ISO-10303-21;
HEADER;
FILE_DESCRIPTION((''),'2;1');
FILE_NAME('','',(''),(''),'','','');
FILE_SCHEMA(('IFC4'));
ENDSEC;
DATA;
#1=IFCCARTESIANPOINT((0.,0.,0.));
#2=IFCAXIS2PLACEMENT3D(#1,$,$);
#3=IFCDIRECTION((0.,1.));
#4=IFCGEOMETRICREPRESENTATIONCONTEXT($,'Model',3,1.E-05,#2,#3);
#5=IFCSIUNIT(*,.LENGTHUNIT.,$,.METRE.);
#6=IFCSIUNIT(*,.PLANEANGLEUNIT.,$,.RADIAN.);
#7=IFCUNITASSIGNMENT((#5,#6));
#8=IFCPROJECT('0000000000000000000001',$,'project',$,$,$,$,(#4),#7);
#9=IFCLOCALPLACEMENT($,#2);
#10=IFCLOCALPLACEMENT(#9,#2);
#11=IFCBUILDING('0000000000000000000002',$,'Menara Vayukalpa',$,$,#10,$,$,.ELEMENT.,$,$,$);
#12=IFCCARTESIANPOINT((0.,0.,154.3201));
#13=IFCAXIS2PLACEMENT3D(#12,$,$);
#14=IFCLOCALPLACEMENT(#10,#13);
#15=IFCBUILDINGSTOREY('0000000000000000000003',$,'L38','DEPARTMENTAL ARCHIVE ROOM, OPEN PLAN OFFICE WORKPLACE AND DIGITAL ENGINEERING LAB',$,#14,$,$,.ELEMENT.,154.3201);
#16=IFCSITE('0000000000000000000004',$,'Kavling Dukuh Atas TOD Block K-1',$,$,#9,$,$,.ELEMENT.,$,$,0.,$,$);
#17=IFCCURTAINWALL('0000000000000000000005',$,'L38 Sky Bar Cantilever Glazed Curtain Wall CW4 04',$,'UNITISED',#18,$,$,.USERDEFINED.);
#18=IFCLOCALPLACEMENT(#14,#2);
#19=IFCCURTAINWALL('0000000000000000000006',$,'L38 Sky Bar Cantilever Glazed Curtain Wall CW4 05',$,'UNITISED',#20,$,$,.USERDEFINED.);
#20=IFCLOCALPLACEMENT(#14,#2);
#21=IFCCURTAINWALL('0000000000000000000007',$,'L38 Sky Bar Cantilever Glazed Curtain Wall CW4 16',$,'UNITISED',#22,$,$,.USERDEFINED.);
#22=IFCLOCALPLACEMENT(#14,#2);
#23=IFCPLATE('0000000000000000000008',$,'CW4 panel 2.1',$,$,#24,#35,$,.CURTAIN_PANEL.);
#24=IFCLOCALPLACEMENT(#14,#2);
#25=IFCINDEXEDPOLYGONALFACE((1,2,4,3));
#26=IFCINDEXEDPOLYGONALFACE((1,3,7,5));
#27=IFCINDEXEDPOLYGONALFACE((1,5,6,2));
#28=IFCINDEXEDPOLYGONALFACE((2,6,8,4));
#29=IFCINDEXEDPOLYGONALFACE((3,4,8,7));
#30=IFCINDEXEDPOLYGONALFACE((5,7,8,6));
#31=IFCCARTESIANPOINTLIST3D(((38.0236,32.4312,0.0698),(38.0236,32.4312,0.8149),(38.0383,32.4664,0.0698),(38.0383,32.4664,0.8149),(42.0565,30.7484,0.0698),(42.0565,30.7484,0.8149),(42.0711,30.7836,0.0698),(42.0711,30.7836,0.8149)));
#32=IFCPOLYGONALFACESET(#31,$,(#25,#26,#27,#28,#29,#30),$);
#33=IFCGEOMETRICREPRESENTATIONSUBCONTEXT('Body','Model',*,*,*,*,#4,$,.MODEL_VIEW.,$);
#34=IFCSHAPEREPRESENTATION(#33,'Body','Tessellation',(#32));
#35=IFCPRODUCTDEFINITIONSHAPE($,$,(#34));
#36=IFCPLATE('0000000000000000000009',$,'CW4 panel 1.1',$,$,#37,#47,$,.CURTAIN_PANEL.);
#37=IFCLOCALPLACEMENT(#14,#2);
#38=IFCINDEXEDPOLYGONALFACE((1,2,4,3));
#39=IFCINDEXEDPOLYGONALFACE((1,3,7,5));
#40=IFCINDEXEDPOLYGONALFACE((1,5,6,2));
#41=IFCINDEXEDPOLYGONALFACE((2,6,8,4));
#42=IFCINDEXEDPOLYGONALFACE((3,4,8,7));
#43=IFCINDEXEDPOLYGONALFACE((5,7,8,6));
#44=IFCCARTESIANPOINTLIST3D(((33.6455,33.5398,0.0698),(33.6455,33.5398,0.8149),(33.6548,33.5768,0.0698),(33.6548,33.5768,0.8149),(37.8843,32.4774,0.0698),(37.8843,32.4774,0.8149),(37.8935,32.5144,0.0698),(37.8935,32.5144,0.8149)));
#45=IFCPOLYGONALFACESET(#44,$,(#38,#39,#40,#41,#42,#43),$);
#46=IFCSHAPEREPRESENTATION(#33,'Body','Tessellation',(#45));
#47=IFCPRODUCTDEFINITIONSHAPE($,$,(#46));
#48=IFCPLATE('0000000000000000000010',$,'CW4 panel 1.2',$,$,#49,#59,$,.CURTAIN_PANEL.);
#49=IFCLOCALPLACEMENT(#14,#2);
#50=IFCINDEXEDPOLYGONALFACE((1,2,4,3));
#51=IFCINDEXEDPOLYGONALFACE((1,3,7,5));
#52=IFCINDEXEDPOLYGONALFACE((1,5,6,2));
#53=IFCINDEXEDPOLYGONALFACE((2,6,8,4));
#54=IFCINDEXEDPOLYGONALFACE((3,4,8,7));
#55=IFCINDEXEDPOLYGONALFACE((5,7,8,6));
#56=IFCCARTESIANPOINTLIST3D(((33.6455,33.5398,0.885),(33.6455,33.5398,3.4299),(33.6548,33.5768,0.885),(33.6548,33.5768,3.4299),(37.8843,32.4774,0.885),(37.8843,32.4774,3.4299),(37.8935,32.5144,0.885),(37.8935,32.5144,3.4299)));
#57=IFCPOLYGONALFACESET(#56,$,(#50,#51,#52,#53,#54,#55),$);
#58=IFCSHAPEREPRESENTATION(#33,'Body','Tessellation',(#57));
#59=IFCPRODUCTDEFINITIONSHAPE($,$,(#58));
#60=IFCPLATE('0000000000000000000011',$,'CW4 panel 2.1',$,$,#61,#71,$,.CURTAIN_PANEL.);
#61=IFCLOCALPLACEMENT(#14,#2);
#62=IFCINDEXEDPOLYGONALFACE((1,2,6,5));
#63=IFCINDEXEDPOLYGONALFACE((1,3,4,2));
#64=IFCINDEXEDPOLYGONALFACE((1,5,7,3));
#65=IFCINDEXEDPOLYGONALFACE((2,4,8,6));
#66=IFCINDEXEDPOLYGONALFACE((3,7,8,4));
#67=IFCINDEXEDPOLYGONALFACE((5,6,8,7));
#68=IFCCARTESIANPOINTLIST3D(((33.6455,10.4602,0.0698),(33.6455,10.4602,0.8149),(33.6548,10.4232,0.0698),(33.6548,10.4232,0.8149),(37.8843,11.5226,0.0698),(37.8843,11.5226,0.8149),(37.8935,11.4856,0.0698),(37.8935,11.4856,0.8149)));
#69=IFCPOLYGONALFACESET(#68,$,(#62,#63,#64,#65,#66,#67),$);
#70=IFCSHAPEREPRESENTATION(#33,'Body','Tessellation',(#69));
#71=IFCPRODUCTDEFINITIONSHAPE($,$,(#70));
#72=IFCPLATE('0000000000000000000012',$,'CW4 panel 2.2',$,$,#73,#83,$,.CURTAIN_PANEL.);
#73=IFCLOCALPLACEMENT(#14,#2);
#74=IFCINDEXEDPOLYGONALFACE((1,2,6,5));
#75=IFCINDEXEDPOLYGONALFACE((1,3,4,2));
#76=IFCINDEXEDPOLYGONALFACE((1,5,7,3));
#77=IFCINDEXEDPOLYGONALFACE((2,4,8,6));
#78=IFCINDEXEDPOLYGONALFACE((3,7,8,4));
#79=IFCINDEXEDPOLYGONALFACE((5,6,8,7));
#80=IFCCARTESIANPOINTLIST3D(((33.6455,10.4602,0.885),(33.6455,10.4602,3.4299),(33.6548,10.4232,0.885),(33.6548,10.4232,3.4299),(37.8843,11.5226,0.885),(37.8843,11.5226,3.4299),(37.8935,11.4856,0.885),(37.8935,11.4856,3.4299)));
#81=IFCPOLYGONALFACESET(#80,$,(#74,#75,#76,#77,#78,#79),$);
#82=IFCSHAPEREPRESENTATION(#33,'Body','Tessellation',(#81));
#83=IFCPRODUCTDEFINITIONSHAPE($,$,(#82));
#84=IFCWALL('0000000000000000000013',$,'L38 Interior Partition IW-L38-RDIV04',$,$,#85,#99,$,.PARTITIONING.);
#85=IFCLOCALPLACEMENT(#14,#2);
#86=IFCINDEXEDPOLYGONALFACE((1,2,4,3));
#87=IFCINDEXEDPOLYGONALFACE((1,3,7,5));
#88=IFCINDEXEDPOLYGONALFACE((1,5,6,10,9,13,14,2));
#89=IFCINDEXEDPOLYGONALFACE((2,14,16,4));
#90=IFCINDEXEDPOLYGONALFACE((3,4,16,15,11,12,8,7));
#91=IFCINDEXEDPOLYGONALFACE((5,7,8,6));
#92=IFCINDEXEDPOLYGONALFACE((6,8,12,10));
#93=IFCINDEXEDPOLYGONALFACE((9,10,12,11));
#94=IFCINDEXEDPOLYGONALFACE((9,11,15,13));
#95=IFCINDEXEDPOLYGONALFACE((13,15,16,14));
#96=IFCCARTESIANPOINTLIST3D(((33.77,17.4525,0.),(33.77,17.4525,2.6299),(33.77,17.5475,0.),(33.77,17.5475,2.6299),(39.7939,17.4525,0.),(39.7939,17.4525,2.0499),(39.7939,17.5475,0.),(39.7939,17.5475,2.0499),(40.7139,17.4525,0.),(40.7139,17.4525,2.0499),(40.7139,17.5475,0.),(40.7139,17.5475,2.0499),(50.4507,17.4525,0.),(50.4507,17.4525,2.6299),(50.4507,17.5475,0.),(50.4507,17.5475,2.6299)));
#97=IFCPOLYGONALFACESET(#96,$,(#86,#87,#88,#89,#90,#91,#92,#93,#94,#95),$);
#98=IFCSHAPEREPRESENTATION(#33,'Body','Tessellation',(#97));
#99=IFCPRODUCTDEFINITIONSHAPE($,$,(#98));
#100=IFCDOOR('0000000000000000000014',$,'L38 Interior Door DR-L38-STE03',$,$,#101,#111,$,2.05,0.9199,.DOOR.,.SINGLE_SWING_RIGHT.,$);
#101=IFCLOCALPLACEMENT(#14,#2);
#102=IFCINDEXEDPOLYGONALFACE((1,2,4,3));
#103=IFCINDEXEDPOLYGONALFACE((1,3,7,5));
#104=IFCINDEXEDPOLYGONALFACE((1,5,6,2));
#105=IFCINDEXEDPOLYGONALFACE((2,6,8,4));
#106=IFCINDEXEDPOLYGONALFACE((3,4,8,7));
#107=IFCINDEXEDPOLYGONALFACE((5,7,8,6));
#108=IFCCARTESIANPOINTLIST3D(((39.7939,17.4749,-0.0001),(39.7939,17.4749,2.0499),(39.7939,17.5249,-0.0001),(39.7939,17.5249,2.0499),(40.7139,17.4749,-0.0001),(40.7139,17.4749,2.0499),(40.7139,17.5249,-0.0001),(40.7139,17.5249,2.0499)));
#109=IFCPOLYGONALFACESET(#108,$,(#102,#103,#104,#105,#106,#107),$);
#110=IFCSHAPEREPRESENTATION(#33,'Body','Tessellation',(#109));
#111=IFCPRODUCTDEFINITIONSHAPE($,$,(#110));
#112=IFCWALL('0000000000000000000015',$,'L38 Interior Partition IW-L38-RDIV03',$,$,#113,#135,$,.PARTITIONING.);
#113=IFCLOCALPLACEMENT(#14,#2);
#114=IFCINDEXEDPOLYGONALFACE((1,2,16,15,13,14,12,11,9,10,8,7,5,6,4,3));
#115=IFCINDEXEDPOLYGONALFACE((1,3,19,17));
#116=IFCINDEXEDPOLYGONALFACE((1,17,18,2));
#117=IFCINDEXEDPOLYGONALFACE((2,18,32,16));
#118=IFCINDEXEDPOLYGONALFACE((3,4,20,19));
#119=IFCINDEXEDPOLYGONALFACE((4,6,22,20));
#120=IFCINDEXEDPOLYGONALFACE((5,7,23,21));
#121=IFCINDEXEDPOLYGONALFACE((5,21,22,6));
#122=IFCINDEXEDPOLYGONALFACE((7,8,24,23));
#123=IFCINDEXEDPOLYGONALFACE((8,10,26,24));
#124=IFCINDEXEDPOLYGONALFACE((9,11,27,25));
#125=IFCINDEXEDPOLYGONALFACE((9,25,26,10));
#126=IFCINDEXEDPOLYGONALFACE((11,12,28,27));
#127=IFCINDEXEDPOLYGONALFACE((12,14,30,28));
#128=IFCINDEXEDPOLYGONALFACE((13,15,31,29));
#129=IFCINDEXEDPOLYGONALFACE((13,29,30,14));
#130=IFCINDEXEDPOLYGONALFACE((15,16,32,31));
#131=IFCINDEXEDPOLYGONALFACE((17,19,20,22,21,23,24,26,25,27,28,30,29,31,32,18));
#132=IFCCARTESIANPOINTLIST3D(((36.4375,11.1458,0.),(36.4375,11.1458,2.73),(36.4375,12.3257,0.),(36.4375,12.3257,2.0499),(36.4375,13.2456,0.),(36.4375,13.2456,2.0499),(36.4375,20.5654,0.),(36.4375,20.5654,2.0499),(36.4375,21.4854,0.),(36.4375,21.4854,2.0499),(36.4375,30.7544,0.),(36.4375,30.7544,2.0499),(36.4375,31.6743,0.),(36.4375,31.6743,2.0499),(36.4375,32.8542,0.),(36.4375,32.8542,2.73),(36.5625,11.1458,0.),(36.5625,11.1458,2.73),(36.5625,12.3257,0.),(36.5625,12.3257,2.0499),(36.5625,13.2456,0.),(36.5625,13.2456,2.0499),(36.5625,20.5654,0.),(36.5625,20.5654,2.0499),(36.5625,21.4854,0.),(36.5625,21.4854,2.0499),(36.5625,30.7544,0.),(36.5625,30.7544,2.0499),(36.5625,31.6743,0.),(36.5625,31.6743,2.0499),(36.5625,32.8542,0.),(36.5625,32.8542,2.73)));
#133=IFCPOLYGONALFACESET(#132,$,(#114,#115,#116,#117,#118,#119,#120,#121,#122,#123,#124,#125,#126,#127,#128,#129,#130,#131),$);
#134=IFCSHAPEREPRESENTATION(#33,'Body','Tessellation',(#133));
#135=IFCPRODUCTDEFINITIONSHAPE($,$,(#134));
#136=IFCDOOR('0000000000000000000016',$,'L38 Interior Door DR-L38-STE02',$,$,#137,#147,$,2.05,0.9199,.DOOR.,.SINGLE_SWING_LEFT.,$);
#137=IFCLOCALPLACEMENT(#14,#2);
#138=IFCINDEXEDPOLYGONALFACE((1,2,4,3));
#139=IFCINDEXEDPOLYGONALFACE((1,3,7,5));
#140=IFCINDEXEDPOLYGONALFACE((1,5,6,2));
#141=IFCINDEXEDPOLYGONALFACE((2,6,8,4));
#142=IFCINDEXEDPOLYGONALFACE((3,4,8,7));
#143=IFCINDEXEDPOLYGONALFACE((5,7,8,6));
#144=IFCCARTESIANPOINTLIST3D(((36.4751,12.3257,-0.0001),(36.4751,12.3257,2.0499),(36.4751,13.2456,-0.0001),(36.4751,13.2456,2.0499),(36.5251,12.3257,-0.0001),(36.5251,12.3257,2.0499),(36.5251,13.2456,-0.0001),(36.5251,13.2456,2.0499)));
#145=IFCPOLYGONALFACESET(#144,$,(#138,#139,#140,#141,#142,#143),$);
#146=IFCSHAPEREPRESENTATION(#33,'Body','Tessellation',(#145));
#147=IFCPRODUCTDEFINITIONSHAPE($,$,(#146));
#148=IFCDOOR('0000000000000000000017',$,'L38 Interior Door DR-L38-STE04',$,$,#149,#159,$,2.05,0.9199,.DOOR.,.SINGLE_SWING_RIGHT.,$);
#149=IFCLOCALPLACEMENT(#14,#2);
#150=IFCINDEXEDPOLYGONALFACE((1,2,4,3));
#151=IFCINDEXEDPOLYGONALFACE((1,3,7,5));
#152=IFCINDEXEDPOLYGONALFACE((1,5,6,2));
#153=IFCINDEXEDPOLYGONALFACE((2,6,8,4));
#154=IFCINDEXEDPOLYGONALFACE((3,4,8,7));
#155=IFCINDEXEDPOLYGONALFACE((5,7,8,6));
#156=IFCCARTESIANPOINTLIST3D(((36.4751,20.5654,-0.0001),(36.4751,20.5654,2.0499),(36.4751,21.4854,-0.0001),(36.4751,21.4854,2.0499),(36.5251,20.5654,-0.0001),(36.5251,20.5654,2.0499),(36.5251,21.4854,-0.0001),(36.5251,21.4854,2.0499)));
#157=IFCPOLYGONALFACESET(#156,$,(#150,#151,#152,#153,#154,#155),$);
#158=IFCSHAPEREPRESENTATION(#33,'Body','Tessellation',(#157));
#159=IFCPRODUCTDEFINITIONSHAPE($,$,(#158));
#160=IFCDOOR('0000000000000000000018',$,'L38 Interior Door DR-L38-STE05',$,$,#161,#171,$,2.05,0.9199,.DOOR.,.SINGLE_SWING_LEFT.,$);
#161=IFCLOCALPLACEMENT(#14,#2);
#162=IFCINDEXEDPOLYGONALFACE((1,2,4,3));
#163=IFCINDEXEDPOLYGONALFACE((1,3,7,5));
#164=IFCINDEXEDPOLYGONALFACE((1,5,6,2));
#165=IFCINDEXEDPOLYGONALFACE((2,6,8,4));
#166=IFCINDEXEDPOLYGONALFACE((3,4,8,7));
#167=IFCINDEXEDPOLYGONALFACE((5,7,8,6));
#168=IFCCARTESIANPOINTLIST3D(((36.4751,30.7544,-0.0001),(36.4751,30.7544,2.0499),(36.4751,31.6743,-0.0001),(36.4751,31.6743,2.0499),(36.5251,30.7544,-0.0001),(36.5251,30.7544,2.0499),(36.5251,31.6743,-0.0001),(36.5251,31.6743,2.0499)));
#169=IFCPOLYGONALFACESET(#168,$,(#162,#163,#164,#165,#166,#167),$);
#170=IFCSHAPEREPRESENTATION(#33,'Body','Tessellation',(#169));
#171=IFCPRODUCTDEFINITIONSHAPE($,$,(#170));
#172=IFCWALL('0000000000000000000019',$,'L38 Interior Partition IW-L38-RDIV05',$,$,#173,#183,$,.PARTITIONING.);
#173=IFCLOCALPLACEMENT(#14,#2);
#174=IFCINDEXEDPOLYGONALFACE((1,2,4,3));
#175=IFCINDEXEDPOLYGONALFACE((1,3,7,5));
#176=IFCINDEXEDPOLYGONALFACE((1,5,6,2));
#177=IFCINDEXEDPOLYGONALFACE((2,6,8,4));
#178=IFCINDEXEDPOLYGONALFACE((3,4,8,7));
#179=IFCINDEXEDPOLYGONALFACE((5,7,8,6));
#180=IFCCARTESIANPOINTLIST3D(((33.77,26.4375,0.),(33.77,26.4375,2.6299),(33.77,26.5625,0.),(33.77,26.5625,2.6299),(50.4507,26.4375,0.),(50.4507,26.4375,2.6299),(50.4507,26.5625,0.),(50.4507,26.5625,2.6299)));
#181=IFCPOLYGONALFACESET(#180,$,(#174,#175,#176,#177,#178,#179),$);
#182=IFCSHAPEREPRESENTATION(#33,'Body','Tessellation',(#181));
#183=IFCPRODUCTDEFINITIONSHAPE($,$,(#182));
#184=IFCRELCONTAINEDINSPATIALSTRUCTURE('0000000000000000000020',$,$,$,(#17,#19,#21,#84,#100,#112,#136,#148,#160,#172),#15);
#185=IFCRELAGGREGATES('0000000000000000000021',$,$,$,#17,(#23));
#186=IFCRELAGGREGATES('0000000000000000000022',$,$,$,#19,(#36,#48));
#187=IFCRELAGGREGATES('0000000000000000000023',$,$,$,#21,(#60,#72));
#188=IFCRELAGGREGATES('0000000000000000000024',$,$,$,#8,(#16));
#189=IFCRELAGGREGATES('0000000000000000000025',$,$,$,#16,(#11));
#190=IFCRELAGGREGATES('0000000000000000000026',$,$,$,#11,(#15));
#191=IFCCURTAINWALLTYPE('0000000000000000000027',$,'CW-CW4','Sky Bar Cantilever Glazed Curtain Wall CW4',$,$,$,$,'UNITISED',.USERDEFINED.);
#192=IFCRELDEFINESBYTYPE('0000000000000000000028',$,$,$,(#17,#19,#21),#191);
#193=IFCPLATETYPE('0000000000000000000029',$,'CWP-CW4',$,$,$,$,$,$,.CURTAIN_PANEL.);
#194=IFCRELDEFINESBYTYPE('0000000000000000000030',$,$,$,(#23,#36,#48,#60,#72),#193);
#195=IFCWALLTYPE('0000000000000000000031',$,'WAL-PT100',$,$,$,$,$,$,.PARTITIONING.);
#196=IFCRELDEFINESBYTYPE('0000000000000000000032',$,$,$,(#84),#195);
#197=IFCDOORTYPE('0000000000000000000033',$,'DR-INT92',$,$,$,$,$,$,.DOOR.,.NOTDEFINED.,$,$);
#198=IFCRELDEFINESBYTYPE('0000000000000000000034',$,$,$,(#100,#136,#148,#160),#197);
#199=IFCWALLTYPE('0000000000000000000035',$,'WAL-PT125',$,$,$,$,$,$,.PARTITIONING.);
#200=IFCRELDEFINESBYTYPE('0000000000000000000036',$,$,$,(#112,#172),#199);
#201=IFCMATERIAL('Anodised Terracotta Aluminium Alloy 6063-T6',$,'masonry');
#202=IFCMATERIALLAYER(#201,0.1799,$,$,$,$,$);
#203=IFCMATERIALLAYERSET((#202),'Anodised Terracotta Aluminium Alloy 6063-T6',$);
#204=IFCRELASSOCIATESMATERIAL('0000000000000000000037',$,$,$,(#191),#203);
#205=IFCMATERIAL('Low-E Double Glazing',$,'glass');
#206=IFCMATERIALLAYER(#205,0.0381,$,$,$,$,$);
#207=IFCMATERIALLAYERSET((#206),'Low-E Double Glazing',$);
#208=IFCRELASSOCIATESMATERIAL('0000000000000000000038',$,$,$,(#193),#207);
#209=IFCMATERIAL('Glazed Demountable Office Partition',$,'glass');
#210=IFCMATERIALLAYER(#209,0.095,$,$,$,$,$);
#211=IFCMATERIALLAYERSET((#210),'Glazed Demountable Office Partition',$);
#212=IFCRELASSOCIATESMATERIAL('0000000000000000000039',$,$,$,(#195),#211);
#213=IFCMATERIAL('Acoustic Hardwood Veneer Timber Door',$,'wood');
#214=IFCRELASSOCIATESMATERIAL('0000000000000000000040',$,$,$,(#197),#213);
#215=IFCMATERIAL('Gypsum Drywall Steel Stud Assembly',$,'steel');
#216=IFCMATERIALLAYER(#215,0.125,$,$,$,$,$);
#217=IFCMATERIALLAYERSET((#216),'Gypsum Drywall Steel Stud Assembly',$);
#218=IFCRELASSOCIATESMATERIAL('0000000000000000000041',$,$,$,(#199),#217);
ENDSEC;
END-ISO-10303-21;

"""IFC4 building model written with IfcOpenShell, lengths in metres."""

from ifc_helpers import new_model, si_unit, direction, frame, frame_2d, origin, origin_2d, place, context, subcontext, project, spatial, rectangle, extrude, material, layer, layer_set, type_object, element, fill, aggregate, save


model = new_model("IFC4")

# Units and contexts
model_context = context("Model", 3, precision=1e-05, world=origin(), true_north=direction((0.0, 1.0)))
body_context = subcontext(model_context, "Body", "Model", "MODEL_VIEW")
ifc_project = project(units=[si_unit("LENGTHUNIT", "METRE"), si_unit("PLANEANGLEUNIT", "RADIAN")], contexts=[model_context])

# Site, building, storey
site_placement = place(None, origin())
site = spatial("IfcSite", under=ifc_project, at=site_placement, Name="Kavling Dukuh Atas TOD Block K-1", CompositionType="ELEMENT", RefElevation=0.0)
building_placement = place(site_placement, origin())
building = spatial("IfcBuilding", under=site, at=building_placement, Name="Menara Vayukalpa", CompositionType="ELEMENT")
storey_placement = place(building_placement, frame((0.0, 0.0, 154.3201)))
storey = spatial("IfcBuildingStorey", under=building, at=storey_placement, Name="L38", Description="DEPARTMENTAL ARCHIVE ROOM, OPEN PLAN OFFICE WORKPLACE AND DIGITAL ENGINEERING LAB", CompositionType="ELEMENT", Elevation=154.3201)

# Curtain wall
ifc_material_1 = material(Name="Anodised Terracotta Aluminium Alloy 6063-T6", Category="masonry")
ifc_layer_1 = layer(ifc_material_1, 0.1799)
ifc_layer_set_1 = layer_set([ifc_layer_1], Name="Anodised Terracotta Aluminium Alloy 6063-T6")
curtain_wall_type = type_object("IfcCurtainWallType", Name="CW-CW4", Description="Sky Bar Cantilever Glazed Curtain Wall CW4", ElementType="UNITISED", PredefinedType="USERDEFINED", material=ifc_layer_set_1)
curtain_wall_1_placement = place(storey_placement, origin())
curtain_wall_1 = element("IfcCurtainWall", 1, at=curtain_wall_1_placement, inside=storey, type_object=curtain_wall_type, Name="L38 Sky Bar Cantilever Glazed Curtain Wall CW4 04", ObjectType="UNITISED", PredefinedType="USERDEFINED")

# Curtain walls
curtain_wall_2_placement = place(storey_placement, origin())
curtain_wall_2 = element("IfcCurtainWall", 2, at=curtain_wall_2_placement, inside=storey, type_object=curtain_wall_type, Name="L38 Sky Bar Cantilever Glazed Curtain Wall CW4 05", ObjectType="UNITISED", PredefinedType="USERDEFINED")
curtain_wall_3_placement = place(storey_placement, origin())
curtain_wall_3 = element("IfcCurtainWall", 3, at=curtain_wall_3_placement, inside=storey, type_object=curtain_wall_type, Name="L38 Sky Bar Cantilever Glazed Curtain Wall CW4 16", ObjectType="UNITISED", PredefinedType="USERDEFINED")

# Plates
ifc_material_2 = material(Name="Low-E Double Glazing", Category="glass")
ifc_layer_2 = layer(ifc_material_2, 0.0381)
ifc_layer_set_2 = layer_set([ifc_layer_2], Name="Low-E Double Glazing")
plate_type = type_object("IfcPlateType", Name="CWP-CW4", PredefinedType="CURTAIN_PANEL", material=ifc_layer_set_2)
plate_1_placement = place(storey_placement, frame((40.0474, 31.6074, 0.0698), z_axis=(0.0, 0.0, 1.0), x_axis=(-0.922878, 0.385091, 0.0)))
plate_1 = element("IfcPlate", 4, at=plate_1_placement, type_object=plate_type, Name="CW4 panel 2.1", PredefinedType="CURTAIN_PANEL", context=body_context, shape_type="SweptSolid", body=[
    extrude(rectangle(XDim=4.3699, YDim=0.0381, at=origin_2d()), origin(), (0.0, 0.0, 1.0), 0.7451),
])
aggregate(curtain_wall_1, [plate_1])
plate_2_placement = place(storey_placement, frame((35.7695, 33.0271, 0.0698), z_axis=(0.0, 0.0, 1.0), x_axis=(-0.969998, 0.243113, 0.0)))
plate_2 = element("IfcPlate", 5, at=plate_2_placement, type_object=plate_type, Name="CW4 panel 1.1", PredefinedType="CURTAIN_PANEL", context=body_context, shape_type="SweptSolid", body=[
    extrude(rectangle(XDim=4.3699, YDim=0.0381, at=origin_2d()), origin(), (0.0, 0.0, 1.0), 0.7451),
])
plate_3_placement = place(storey_placement, frame((35.7695, 33.0271, 0.885), z_axis=(0.0, 0.0, 1.0), x_axis=(-0.969998, 0.243113, 0.0)))
plate_3 = element("IfcPlate", 6, at=plate_3_placement, type_object=plate_type, Name="CW4 panel 1.2", PredefinedType="CURTAIN_PANEL", context=body_context, shape_type="SweptSolid", body=[
    extrude(rectangle(XDim=4.3699, YDim=0.0381, at=origin_2d()), origin(), (0.0, 0.0, 1.0), 2.5449),
])
aggregate(curtain_wall_2, [plate_2, plate_3])
plate_4_placement = place(storey_placement, frame((35.7695, 10.9729, 0.0698), z_axis=(0.0, 0.0, 1.0), x_axis=(0.969998, 0.243113, 0.0)))
plate_4 = element("IfcPlate", 7, at=plate_4_placement, type_object=plate_type, Name="CW4 panel 2.1", PredefinedType="CURTAIN_PANEL", context=body_context, shape_type="SweptSolid", body=[
    extrude(rectangle(XDim=4.3699, YDim=0.0381, at=origin_2d()), origin(), (0.0, 0.0, 1.0), 0.7451),
])
plate_5_placement = place(storey_placement, frame((35.7695, 10.9729, 0.885), z_axis=(0.0, 0.0, 1.0), x_axis=(0.969998, 0.243113, 0.0)))
plate_5 = element("IfcPlate", 8, at=plate_5_placement, type_object=plate_type, Name="CW4 panel 2.2", PredefinedType="CURTAIN_PANEL", context=body_context, shape_type="SweptSolid", body=[
    extrude(rectangle(XDim=4.3699, YDim=0.0381, at=origin_2d()), origin(), (0.0, 0.0, 1.0), 2.5449),
])
aggregate(curtain_wall_3, [plate_4, plate_5])

# Wall, opening, door
ifc_material_3 = material(Name="Glazed Demountable Office Partition", Category="glass")
ifc_layer_3 = layer(ifc_material_3, 0.095)
ifc_layer_set_3 = layer_set([ifc_layer_3], Name="Glazed Demountable Office Partition")
wall_type_1 = type_object("IfcWallType", Name="WAL-PT100", PredefinedType="PARTITIONING", material=ifc_layer_set_3)
wall_1_placement = place(storey_placement, frame((33.77, 17.5, 0.0), z_axis=(0.0, 0.0, 1.0), x_axis=(1.0, 0.0, 0.0)))
wall_1 = element("IfcWall", 9, at=wall_1_placement, inside=storey, type_object=wall_type_1, Name="L38 Interior Partition IW-L38-RDIV04", PredefinedType="PARTITIONING", context=body_context, shape_type="SweptSolid", body=[
    extrude(rectangle(XDim=16.6807, YDim=0.095, at=frame_2d((8.3403, 0.0))), origin(), (0.0, 0.0, 1.0), 2.6299),
])
opening_1_placement = place(wall_1_placement, frame((6.0239, 0.0, 0.0)))
opening_1 = element("IfcOpeningElement", 10, at=opening_1_placement, cuts=wall_1, PredefinedType="OPENING", context=body_context, shape_type="SweptSolid", body=[
    extrude(rectangle(XDim=0.9199, YDim=2.05, at=frame_2d((0.46, 1.0249))), frame((0.0, 0.0574, 0.0), z_axis=(0.0, -1.0, 0.0), x_axis=(1.0, 0.0, 0.0)), (0.0, 0.0, 1.0), 0.115),
])
ifc_material_4 = material(Name="Acoustic Hardwood Veneer Timber Door", Category="wood")
door_type = type_object("IfcDoorType", Name="DR-INT92", OperationType="NOTDEFINED", PredefinedType="DOOR", material=ifc_material_4)
door_1_placement = place(opening_1_placement, origin())
door_1 = element("IfcDoor", 11, at=door_1_placement, inside=storey, type_object=door_type, Name="L38 Interior Door DR-L38-STE03", OperationType="SINGLE_SWING_RIGHT", OverallHeight=2.05, OverallWidth=0.9199, PredefinedType="DOOR", context=body_context, shape_type="SweptSolid", body=[
    extrude(rectangle(XDim=0.9199, YDim=2.05, at=frame_2d((0.46, 1.0249))), frame((0.0, 0.0249, 0.0), z_axis=(0.0, -1.0, 0.0), x_axis=(1.0, 0.0, 0.0)), (0.0, 0.0, 1.0), 0.05),
])
fill(opening_1, door_1)

# Wall, openings, doors
ifc_material_5 = material(Name="Gypsum Drywall Steel Stud Assembly", Category="steel")
ifc_layer_4 = layer(ifc_material_5, 0.125)
ifc_layer_set_4 = layer_set([ifc_layer_4], Name="Gypsum Drywall Steel Stud Assembly")
wall_type_2 = type_object("IfcWallType", Name="WAL-PT125", PredefinedType="PARTITIONING", material=ifc_layer_set_4)
wall_2_placement = place(storey_placement, frame((36.5, 11.1458, 0.0), z_axis=(0.0, 0.0, 1.0), x_axis=(0.0, 1.0, 0.0)))
wall_2 = element("IfcWall", 12, at=wall_2_placement, inside=storey, type_object=wall_type_2, Name="L38 Interior Partition IW-L38-RDIV03", PredefinedType="PARTITIONING", context=body_context, shape_type="SweptSolid", body=[
    extrude(rectangle(XDim=21.7085, YDim=0.125, at=frame_2d((10.8542, 0.0))), origin(), (0.0, 0.0, 1.0), 2.73),
])
opening_2_placement = place(wall_2_placement, frame((1.1799, 0.0, 0.0)))
opening_2 = element("IfcOpeningElement", 13, at=opening_2_placement, cuts=wall_2, PredefinedType="OPENING", context=body_context, shape_type="SweptSolid", body=[
    extrude(rectangle(XDim=0.9199, YDim=2.05, at=frame_2d((0.46, 1.0249))), frame((0.0, 0.0725, 0.0), z_axis=(0.0, -1.0, 0.0), x_axis=(1.0, 0.0, 0.0)), (0.0, 0.0, 1.0), 0.145),
])
opening_3_placement = place(wall_2_placement, frame((9.4197, 0.0, 0.0)))
opening_3 = element("IfcOpeningElement", 14, at=opening_3_placement, cuts=wall_2, PredefinedType="OPENING", context=body_context, shape_type="SweptSolid", body=[
    extrude(rectangle(XDim=0.9199, YDim=2.05, at=frame_2d((0.46, 1.0249))), frame((0.0, 0.0725, 0.0), z_axis=(0.0, -1.0, 0.0), x_axis=(1.0, 0.0, 0.0)), (0.0, 0.0, 1.0), 0.145),
])
opening_4_placement = place(wall_2_placement, frame((19.6086, 0.0, 0.0)))
opening_4 = element("IfcOpeningElement", 15, at=opening_4_placement, cuts=wall_2, PredefinedType="OPENING", context=body_context, shape_type="SweptSolid", body=[
    extrude(rectangle(XDim=0.9199, YDim=2.05, at=frame_2d((0.46, 1.0249))), frame((0.0, 0.0725, 0.0), z_axis=(0.0, -1.0, 0.0), x_axis=(1.0, 0.0, 0.0)), (0.0, 0.0, 1.0), 0.145),
])
door_2_placement = place(opening_2_placement, origin())
door_2 = element("IfcDoor", 16, at=door_2_placement, inside=storey, type_object=door_type, Name="L38 Interior Door DR-L38-STE02", OperationType="SINGLE_SWING_LEFT", OverallHeight=2.05, OverallWidth=0.9199, PredefinedType="DOOR", context=body_context, shape_type="SweptSolid", body=[
    extrude(rectangle(XDim=0.9199, YDim=2.05, at=frame_2d((0.46, 1.0249))), frame((0.0, 0.0249, 0.0), z_axis=(0.0, -1.0, 0.0), x_axis=(1.0, 0.0, 0.0)), (0.0, 0.0, 1.0), 0.05),
])
fill(opening_2, door_2)
door_3_placement = place(opening_3_placement, origin())
door_3 = element("IfcDoor", 17, at=door_3_placement, inside=storey, type_object=door_type, Name="L38 Interior Door DR-L38-STE04", OperationType="SINGLE_SWING_RIGHT", OverallHeight=2.05, OverallWidth=0.9199, PredefinedType="DOOR", context=body_context, shape_type="SweptSolid", body=[
    extrude(rectangle(XDim=0.9199, YDim=2.05, at=frame_2d((0.46, 1.0249))), frame((0.0, 0.0249, 0.0), z_axis=(0.0, -1.0, 0.0), x_axis=(1.0, 0.0, 0.0)), (0.0, 0.0, 1.0), 0.05),
])
fill(opening_3, door_3)
door_4_placement = place(opening_4_placement, origin())
door_4 = element("IfcDoor", 18, at=door_4_placement, inside=storey, type_object=door_type, Name="L38 Interior Door DR-L38-STE05", OperationType="SINGLE_SWING_LEFT", OverallHeight=2.05, OverallWidth=0.9199, PredefinedType="DOOR", context=body_context, shape_type="SweptSolid", body=[
    extrude(rectangle(XDim=0.9199, YDim=2.05, at=frame_2d((0.46, 1.0249))), frame((0.0, 0.0249, 0.0), z_axis=(0.0, -1.0, 0.0), x_axis=(1.0, 0.0, 0.0)), (0.0, 0.0, 1.0), 0.05),
])
fill(opening_4, door_4)

# Wall
wall_3_placement = place(storey_placement, frame((33.77, 26.5, 0.0), z_axis=(0.0, 0.0, 1.0), x_axis=(1.0, 0.0, 0.0)))
element("IfcWall", 19, at=wall_3_placement, inside=storey, type_object=wall_type_2, Name="L38 Interior Partition IW-L38-RDIV05", PredefinedType="PARTITIONING", context=body_context, shape_type="SweptSolid", body=[
    extrude(rectangle(XDim=16.6807, YDim=0.125, at=frame_2d((8.3403, 0.0))), origin(), (0.0, 0.0, 1.0), 2.6299),
])

save(model, "model.ifc")
